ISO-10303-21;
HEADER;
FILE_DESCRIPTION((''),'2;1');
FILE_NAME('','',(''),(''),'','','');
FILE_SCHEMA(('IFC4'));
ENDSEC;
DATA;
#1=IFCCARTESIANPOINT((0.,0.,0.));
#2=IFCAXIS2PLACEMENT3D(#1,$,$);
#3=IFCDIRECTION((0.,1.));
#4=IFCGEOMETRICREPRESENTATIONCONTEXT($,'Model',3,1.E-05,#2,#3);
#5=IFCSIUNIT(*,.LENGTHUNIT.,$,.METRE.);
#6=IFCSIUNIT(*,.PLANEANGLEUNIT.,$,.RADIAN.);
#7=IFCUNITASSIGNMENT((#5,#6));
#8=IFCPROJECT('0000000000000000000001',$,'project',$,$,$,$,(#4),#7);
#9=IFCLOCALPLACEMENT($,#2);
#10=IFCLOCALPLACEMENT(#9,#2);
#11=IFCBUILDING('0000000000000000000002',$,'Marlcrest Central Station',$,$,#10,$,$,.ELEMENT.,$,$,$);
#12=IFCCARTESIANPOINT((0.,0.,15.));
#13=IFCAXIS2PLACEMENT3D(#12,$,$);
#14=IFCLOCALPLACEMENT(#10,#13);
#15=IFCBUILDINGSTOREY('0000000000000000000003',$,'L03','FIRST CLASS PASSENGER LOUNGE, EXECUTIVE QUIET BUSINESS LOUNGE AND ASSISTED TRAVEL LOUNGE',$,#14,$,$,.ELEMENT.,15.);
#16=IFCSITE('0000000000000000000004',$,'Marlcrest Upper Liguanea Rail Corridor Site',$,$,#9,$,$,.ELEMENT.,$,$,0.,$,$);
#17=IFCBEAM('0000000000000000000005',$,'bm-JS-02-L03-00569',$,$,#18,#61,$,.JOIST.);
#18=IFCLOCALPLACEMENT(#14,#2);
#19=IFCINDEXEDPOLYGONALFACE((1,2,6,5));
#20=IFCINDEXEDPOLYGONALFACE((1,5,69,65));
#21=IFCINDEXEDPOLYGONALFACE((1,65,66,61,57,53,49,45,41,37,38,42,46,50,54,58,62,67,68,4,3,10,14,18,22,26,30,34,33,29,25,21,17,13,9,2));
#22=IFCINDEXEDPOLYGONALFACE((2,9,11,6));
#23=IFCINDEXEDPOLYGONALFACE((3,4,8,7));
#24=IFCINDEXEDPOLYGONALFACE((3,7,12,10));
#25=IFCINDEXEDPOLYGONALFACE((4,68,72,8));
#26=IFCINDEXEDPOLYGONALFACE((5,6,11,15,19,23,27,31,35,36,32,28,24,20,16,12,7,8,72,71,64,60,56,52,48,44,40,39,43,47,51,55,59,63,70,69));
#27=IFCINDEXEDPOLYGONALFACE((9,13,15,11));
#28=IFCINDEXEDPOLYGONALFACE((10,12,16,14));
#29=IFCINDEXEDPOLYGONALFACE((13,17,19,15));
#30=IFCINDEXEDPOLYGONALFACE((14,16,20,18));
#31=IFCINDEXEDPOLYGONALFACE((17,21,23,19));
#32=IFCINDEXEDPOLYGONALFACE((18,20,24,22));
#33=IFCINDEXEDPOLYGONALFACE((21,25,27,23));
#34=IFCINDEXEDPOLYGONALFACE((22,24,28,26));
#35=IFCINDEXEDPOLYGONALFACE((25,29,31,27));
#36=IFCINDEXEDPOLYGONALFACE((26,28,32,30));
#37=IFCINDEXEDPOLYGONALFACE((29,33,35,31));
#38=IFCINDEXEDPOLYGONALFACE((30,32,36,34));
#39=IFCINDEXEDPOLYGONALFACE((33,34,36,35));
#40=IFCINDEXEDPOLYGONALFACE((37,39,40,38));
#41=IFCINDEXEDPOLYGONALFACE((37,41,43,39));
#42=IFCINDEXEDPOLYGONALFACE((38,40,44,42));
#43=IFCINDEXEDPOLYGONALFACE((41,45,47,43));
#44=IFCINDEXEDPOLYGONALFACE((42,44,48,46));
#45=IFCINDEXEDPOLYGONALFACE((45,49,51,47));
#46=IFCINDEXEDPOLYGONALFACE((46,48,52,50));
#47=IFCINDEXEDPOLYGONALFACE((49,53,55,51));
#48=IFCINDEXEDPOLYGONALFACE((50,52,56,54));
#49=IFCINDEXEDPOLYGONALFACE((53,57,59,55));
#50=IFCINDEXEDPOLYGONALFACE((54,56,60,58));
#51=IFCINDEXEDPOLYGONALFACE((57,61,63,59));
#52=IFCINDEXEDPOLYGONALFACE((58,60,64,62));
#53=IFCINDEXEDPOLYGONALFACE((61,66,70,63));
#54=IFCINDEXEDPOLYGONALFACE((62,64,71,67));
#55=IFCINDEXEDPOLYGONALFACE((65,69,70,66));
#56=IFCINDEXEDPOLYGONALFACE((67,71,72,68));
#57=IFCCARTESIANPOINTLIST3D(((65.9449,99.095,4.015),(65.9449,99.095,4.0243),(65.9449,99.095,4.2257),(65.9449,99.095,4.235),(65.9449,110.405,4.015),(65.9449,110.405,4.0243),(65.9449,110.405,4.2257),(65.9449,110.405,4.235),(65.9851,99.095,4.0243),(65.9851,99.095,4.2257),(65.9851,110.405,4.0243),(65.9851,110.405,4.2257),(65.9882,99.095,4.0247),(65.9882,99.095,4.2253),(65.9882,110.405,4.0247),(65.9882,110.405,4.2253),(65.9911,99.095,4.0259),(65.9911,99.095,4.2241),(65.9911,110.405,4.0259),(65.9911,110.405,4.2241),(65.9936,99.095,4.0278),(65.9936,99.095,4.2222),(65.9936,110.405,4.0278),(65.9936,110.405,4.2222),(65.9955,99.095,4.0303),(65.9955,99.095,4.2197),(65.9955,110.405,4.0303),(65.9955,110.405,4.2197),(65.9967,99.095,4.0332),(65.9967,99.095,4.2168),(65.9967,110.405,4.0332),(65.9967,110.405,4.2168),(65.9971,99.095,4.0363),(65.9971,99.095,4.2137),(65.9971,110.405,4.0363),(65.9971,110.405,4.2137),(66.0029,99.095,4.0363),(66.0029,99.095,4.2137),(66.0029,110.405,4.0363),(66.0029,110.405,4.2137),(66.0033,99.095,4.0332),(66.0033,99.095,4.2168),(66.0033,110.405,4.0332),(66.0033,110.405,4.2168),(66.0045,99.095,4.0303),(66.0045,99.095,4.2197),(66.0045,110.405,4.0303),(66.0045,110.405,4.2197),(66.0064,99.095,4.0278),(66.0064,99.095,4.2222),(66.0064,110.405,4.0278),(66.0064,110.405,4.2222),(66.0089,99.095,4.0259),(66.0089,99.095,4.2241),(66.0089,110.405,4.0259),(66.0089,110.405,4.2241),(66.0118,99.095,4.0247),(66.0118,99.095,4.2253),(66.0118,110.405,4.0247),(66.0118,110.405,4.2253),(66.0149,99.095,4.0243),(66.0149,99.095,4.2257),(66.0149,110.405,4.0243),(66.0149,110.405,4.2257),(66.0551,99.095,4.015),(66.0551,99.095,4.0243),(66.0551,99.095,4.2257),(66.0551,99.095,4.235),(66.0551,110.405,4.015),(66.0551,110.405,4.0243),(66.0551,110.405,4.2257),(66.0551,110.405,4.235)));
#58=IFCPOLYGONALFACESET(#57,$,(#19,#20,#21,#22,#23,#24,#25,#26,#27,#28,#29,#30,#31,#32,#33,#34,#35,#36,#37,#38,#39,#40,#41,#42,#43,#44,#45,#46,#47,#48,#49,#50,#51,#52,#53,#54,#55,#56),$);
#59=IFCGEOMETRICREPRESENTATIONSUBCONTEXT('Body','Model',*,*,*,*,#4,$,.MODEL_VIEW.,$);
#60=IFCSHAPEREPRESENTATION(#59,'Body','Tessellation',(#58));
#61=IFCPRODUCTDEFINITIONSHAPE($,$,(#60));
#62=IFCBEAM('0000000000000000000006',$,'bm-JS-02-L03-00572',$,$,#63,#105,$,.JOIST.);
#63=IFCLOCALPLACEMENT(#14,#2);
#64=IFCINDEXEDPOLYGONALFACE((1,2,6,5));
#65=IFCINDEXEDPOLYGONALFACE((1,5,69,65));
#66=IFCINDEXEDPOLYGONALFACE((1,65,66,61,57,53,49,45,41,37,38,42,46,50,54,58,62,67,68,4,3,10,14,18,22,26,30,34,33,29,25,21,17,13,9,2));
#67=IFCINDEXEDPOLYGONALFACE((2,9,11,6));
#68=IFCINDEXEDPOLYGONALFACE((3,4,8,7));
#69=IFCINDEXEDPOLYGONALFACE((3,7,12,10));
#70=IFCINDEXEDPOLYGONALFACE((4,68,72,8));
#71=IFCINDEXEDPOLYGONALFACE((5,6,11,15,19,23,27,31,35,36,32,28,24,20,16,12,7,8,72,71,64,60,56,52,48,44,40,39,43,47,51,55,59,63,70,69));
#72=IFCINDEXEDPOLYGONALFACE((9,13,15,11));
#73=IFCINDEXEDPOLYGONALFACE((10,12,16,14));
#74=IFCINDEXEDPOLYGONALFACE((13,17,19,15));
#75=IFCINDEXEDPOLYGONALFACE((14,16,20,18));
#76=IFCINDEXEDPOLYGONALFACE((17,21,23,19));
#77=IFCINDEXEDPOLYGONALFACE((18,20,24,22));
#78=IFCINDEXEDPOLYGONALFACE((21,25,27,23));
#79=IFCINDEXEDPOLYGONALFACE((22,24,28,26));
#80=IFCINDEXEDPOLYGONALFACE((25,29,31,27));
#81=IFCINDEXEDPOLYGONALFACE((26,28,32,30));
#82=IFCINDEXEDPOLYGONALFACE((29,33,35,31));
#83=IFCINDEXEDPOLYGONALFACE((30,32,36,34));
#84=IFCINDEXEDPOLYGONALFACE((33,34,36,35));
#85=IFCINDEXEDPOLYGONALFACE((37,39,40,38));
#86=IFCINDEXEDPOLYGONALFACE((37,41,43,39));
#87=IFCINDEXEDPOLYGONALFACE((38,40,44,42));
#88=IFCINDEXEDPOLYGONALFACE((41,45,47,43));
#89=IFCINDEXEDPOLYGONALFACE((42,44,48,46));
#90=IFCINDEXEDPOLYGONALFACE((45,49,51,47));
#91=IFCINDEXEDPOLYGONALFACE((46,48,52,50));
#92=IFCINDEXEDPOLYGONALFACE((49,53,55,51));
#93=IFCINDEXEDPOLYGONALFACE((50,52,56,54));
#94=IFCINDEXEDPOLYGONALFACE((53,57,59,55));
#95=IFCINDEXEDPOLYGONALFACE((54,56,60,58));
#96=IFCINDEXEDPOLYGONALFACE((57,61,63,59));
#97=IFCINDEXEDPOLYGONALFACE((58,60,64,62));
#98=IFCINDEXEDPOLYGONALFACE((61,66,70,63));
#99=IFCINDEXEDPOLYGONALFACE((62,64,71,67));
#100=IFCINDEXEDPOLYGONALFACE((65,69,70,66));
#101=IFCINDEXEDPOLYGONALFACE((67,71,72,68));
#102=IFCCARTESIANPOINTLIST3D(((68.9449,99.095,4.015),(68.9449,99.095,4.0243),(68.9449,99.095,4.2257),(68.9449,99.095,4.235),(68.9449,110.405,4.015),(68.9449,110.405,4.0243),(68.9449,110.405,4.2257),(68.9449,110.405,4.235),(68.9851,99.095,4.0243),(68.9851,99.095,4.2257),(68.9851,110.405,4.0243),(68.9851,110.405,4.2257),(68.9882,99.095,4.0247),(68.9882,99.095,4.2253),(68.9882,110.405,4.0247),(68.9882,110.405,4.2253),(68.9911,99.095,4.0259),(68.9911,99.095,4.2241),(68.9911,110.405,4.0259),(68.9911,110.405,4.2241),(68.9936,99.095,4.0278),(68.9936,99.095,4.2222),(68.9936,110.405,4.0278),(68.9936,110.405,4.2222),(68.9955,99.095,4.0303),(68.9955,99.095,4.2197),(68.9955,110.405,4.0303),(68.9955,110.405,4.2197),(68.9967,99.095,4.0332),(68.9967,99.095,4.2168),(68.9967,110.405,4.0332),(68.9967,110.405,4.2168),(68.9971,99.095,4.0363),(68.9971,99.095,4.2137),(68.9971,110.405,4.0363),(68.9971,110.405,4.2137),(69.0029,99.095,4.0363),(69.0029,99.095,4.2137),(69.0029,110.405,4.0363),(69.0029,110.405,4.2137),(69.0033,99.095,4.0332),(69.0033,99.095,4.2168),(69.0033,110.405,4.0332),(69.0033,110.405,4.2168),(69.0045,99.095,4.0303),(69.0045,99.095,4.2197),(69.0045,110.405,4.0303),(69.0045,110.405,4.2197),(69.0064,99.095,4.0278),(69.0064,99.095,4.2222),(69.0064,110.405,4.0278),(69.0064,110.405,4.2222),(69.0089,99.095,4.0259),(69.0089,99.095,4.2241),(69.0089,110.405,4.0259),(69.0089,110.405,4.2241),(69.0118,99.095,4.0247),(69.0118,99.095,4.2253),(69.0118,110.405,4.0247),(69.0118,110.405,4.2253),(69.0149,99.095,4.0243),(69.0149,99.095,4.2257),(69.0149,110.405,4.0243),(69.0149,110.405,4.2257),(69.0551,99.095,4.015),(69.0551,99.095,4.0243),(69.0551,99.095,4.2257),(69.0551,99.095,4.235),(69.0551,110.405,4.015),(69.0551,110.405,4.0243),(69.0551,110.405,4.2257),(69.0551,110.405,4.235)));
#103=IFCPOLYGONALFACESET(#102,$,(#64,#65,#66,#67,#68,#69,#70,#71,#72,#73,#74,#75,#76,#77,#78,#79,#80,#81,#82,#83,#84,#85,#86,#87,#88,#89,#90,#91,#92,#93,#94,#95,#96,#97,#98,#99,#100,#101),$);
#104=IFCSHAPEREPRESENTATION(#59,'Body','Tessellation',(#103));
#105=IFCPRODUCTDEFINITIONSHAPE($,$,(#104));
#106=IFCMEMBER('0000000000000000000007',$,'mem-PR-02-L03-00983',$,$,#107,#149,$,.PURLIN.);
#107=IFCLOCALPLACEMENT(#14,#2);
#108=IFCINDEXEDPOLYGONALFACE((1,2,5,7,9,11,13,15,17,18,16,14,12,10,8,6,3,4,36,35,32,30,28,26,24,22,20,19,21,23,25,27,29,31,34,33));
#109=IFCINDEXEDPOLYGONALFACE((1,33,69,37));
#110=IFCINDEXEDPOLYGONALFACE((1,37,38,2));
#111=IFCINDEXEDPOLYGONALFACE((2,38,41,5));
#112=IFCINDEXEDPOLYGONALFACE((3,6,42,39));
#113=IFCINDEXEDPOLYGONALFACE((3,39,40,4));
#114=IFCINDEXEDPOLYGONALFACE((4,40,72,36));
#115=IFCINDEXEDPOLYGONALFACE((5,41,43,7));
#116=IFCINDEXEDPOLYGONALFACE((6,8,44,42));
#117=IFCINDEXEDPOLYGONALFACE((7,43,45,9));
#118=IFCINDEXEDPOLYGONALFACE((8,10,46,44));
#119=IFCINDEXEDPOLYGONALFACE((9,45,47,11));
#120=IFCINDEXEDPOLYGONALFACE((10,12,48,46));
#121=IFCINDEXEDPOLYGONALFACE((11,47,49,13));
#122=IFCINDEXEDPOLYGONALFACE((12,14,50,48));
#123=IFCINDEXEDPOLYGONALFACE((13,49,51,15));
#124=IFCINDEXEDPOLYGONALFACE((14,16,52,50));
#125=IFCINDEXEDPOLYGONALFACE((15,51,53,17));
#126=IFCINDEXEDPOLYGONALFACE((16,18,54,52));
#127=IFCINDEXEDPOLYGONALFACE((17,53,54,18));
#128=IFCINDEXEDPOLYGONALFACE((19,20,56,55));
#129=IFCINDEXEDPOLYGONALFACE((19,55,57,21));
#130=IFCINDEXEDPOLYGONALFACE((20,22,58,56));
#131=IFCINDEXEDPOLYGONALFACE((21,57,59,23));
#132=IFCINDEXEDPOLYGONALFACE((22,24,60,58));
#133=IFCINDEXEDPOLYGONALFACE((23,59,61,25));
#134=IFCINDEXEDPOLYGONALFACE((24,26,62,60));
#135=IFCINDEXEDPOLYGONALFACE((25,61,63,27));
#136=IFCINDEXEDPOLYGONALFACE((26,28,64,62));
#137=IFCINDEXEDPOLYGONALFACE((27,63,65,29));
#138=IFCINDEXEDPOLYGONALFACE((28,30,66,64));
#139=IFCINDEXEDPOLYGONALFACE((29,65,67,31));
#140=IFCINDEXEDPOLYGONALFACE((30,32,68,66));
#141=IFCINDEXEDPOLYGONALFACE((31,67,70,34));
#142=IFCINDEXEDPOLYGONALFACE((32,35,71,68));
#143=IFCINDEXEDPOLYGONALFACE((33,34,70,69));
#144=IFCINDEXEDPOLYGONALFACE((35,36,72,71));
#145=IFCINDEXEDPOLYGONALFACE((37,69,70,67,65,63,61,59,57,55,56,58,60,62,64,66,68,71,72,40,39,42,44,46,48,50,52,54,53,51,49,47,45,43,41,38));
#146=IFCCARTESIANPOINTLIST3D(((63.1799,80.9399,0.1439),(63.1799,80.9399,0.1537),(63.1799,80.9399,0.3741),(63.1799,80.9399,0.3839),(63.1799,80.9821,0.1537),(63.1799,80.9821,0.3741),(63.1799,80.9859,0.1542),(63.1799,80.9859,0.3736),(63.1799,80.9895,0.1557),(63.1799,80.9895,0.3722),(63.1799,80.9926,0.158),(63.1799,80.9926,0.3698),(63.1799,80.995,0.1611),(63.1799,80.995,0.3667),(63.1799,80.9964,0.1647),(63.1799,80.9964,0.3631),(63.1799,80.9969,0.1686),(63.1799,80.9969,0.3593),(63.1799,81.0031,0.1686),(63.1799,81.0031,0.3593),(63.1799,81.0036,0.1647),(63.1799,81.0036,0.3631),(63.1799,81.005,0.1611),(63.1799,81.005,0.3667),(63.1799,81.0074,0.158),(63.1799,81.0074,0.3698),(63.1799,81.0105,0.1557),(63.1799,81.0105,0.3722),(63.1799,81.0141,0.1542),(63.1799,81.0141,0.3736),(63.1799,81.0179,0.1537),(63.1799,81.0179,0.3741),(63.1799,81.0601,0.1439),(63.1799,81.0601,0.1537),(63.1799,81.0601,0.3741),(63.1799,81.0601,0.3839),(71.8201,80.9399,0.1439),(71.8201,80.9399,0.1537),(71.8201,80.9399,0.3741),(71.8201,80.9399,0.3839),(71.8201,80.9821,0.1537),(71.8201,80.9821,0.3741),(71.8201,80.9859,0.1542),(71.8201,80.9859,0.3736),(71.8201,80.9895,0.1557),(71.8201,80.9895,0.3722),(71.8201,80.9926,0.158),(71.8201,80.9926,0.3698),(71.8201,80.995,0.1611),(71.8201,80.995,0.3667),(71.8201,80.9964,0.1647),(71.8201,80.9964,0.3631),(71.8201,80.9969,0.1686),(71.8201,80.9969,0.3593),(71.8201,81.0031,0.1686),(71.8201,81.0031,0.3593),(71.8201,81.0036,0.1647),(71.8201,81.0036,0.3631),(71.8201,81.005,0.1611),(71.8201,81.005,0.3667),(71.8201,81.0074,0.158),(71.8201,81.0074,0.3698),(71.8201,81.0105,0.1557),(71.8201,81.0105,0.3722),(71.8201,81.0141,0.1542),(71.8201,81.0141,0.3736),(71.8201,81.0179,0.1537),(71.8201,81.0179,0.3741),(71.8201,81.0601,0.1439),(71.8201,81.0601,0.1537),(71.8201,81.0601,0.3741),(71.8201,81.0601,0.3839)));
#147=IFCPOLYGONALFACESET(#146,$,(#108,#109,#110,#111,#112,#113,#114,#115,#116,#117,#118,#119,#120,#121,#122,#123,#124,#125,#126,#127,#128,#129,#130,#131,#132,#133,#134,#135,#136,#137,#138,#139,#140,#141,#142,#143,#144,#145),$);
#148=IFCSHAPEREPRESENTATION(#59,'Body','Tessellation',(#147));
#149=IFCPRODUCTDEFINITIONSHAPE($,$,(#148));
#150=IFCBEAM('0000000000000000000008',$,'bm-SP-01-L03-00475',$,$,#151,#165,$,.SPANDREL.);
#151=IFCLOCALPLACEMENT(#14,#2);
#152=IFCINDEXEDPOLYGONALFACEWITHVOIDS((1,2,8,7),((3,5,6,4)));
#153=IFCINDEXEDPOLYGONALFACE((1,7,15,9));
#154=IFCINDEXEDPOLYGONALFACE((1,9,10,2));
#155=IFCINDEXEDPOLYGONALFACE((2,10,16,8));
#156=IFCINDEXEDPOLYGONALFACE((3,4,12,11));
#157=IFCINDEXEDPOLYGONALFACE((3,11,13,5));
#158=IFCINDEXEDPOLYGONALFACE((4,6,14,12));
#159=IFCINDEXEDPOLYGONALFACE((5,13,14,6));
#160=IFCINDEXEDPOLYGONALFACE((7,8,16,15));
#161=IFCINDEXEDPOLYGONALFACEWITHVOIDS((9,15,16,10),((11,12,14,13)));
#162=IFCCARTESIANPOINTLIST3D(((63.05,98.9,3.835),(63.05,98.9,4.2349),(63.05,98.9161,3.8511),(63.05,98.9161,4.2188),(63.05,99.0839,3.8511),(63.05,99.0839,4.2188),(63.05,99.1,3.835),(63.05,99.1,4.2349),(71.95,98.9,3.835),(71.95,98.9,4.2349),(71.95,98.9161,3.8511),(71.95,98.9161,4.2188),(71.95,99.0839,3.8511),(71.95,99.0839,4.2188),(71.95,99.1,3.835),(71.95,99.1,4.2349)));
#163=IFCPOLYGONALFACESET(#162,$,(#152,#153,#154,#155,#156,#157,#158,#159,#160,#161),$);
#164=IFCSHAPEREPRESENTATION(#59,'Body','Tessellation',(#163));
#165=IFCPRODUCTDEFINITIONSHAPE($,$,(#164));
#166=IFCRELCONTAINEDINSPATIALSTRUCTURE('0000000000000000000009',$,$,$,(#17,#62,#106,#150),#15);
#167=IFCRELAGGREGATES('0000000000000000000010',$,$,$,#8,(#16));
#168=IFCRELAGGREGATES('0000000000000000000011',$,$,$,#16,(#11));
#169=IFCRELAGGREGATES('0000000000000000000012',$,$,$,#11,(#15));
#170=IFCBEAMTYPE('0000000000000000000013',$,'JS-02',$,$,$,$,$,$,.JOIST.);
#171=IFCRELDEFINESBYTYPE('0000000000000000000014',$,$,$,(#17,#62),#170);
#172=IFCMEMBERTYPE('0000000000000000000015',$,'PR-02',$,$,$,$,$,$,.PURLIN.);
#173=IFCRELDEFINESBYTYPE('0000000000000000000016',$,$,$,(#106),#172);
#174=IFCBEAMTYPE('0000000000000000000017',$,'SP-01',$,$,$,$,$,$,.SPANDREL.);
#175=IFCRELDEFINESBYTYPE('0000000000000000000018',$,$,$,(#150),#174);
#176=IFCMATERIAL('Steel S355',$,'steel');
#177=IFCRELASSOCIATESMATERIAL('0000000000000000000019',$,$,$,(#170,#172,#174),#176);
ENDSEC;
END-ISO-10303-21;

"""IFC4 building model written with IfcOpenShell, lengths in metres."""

from ifc_helpers import new_model, si_unit, direction, frame, origin, origin_2d, place, context, subcontext, project, spatial, hollow_rectangle, i_section, extrude, material, material_profile, profile_set, type_object, element, save


model = new_model("IFC4")

# Units and contexts
model_context = context("Model", 3, precision=1e-05, world=origin(), true_north=direction((0.0, 1.0)))
body_context = subcontext(model_context, "Body", "Model", "MODEL_VIEW")
ifc_project = project(units=[si_unit("LENGTHUNIT", "METRE"), si_unit("PLANEANGLEUNIT", "RADIAN")], contexts=[model_context])

# Site, building, storey
site_placement = place(None, origin())
site = spatial("IfcSite", under=ifc_project, at=site_placement, Name="Marlcrest Upper Liguanea Rail Corridor Site", CompositionType="ELEMENT", RefElevation=0.0)
building_placement = place(site_placement, origin())
building = spatial("IfcBuilding", under=site, at=building_placement, Name="Marlcrest Central Station", CompositionType="ELEMENT")
storey_placement = place(building_placement, frame((0.0, 0.0, 15.0)))
storey = spatial("IfcBuildingStorey", under=building, at=storey_placement, Name="L03", Description="FIRST CLASS PASSENGER LOUNGE, EXECUTIVE QUIET BUSINESS LOUNGE AND ASSISTED TRAVEL LOUNGE", CompositionType="ELEMENT", Elevation=15.0)

# Shared definitions
ifc_material_1 = material(Name="Steel S355", Category="steel")

# Beams
ifc_material_profile_1 = material_profile(ifc_material_1, i_section(OverallWidth=0.1101, OverallDepth=0.22, WebThickness=0.0059, FlangeThickness=0.0093, FilletRadius=0.012, at=origin_2d()), Name="IPE 220")
ifc_profile_set_1 = profile_set([ifc_material_profile_1], Name="Steel S355")
beam_type_1 = type_object("IfcBeamType", Name="JS-02", PredefinedType="JOIST", material=ifc_profile_set_1)
for number, where, z_axis, x_axis, name in (
    (1, (66.0, 99.095, 4.125), (0.0, 1.0, 0.0), (-1.0, 0.0, 0.0), "bm-JS-02-L03-00569"),
    (2, (69.0, 99.095, 4.125), (0.0, 1.0, 0.0), (-1.0, 0.0, 0.0), "bm-JS-02-L03-00572"),
):
    element("IfcBeam", number, at=place(storey_placement, frame(where, z_axis=z_axis, x_axis=x_axis)), inside=storey, type_object=beam_type_1, Name=name, PredefinedType="JOIST", context=body_context, shape_type="SweptSolid", body=[
        extrude(i_section(OverallWidth=0.1101, OverallDepth=0.22, WebThickness=0.0059, FlangeThickness=0.0093, FilletRadius=0.012, at=origin_2d()), origin(), (0.0, 0.0, 1.0), 11.3101),
    ])

# Member
ifc_material_profile_2 = material_profile(ifc_material_1, i_section(OverallWidth=0.1201, OverallDepth=0.24, WebThickness=0.0061, FlangeThickness=0.0098, FilletRadius=0.0149, at=origin_2d()), Name="IPE 240")
ifc_profile_set_2 = profile_set([ifc_material_profile_2], Name="Steel S355")
member_type_1 = type_object("IfcMemberType", Name="PR-02", PredefinedType="PURLIN", material=ifc_profile_set_2)
member_1_placement = place(storey_placement, frame((63.1799, 81.0, 0.2639), z_axis=(1.0, 0.0, 0.0), x_axis=(0.0, 1.0, 0.0)))
element("IfcMember", 3, at=member_1_placement, inside=storey, type_object=member_type_1, Name="mem-PR-02-L03-00983", PredefinedType="PURLIN", context=body_context, shape_type="SweptSolid", body=[
    extrude(i_section(OverallWidth=0.1201, OverallDepth=0.24, WebThickness=0.0061, FlangeThickness=0.0098, FilletRadius=0.0149, at=origin_2d()), origin(), (0.0, 0.0, 1.0), 8.6401),
])

# Beam
ifc_material_profile_3 = material_profile(ifc_material_1, hollow_rectangle(XDim=0.2, YDim=0.3999, WallThickness=0.0161, at=origin_2d()), Name="RHS 400x200x16")
ifc_profile_set_3 = profile_set([ifc_material_profile_3], Name="Steel S355")
beam_type_2 = type_object("IfcBeamType", Name="SP-01", PredefinedType="SPANDREL", material=ifc_profile_set_3)
beam_1_placement = place(storey_placement, frame((63.05, 99.0, 4.0349), z_axis=(1.0, 0.0, 0.0), x_axis=(0.0, 1.0, 0.0)))
element("IfcBeam", 4, at=beam_1_placement, inside=storey, type_object=beam_type_2, Name="bm-SP-01-L03-00475", PredefinedType="SPANDREL", context=body_context, shape_type="SweptSolid", body=[
    extrude(hollow_rectangle(XDim=0.2, YDim=0.3999, WallThickness=0.0161, at=origin_2d()), origin(), (0.0, 0.0, 1.0), 8.8999),
])

save(model, "model.ifc")
